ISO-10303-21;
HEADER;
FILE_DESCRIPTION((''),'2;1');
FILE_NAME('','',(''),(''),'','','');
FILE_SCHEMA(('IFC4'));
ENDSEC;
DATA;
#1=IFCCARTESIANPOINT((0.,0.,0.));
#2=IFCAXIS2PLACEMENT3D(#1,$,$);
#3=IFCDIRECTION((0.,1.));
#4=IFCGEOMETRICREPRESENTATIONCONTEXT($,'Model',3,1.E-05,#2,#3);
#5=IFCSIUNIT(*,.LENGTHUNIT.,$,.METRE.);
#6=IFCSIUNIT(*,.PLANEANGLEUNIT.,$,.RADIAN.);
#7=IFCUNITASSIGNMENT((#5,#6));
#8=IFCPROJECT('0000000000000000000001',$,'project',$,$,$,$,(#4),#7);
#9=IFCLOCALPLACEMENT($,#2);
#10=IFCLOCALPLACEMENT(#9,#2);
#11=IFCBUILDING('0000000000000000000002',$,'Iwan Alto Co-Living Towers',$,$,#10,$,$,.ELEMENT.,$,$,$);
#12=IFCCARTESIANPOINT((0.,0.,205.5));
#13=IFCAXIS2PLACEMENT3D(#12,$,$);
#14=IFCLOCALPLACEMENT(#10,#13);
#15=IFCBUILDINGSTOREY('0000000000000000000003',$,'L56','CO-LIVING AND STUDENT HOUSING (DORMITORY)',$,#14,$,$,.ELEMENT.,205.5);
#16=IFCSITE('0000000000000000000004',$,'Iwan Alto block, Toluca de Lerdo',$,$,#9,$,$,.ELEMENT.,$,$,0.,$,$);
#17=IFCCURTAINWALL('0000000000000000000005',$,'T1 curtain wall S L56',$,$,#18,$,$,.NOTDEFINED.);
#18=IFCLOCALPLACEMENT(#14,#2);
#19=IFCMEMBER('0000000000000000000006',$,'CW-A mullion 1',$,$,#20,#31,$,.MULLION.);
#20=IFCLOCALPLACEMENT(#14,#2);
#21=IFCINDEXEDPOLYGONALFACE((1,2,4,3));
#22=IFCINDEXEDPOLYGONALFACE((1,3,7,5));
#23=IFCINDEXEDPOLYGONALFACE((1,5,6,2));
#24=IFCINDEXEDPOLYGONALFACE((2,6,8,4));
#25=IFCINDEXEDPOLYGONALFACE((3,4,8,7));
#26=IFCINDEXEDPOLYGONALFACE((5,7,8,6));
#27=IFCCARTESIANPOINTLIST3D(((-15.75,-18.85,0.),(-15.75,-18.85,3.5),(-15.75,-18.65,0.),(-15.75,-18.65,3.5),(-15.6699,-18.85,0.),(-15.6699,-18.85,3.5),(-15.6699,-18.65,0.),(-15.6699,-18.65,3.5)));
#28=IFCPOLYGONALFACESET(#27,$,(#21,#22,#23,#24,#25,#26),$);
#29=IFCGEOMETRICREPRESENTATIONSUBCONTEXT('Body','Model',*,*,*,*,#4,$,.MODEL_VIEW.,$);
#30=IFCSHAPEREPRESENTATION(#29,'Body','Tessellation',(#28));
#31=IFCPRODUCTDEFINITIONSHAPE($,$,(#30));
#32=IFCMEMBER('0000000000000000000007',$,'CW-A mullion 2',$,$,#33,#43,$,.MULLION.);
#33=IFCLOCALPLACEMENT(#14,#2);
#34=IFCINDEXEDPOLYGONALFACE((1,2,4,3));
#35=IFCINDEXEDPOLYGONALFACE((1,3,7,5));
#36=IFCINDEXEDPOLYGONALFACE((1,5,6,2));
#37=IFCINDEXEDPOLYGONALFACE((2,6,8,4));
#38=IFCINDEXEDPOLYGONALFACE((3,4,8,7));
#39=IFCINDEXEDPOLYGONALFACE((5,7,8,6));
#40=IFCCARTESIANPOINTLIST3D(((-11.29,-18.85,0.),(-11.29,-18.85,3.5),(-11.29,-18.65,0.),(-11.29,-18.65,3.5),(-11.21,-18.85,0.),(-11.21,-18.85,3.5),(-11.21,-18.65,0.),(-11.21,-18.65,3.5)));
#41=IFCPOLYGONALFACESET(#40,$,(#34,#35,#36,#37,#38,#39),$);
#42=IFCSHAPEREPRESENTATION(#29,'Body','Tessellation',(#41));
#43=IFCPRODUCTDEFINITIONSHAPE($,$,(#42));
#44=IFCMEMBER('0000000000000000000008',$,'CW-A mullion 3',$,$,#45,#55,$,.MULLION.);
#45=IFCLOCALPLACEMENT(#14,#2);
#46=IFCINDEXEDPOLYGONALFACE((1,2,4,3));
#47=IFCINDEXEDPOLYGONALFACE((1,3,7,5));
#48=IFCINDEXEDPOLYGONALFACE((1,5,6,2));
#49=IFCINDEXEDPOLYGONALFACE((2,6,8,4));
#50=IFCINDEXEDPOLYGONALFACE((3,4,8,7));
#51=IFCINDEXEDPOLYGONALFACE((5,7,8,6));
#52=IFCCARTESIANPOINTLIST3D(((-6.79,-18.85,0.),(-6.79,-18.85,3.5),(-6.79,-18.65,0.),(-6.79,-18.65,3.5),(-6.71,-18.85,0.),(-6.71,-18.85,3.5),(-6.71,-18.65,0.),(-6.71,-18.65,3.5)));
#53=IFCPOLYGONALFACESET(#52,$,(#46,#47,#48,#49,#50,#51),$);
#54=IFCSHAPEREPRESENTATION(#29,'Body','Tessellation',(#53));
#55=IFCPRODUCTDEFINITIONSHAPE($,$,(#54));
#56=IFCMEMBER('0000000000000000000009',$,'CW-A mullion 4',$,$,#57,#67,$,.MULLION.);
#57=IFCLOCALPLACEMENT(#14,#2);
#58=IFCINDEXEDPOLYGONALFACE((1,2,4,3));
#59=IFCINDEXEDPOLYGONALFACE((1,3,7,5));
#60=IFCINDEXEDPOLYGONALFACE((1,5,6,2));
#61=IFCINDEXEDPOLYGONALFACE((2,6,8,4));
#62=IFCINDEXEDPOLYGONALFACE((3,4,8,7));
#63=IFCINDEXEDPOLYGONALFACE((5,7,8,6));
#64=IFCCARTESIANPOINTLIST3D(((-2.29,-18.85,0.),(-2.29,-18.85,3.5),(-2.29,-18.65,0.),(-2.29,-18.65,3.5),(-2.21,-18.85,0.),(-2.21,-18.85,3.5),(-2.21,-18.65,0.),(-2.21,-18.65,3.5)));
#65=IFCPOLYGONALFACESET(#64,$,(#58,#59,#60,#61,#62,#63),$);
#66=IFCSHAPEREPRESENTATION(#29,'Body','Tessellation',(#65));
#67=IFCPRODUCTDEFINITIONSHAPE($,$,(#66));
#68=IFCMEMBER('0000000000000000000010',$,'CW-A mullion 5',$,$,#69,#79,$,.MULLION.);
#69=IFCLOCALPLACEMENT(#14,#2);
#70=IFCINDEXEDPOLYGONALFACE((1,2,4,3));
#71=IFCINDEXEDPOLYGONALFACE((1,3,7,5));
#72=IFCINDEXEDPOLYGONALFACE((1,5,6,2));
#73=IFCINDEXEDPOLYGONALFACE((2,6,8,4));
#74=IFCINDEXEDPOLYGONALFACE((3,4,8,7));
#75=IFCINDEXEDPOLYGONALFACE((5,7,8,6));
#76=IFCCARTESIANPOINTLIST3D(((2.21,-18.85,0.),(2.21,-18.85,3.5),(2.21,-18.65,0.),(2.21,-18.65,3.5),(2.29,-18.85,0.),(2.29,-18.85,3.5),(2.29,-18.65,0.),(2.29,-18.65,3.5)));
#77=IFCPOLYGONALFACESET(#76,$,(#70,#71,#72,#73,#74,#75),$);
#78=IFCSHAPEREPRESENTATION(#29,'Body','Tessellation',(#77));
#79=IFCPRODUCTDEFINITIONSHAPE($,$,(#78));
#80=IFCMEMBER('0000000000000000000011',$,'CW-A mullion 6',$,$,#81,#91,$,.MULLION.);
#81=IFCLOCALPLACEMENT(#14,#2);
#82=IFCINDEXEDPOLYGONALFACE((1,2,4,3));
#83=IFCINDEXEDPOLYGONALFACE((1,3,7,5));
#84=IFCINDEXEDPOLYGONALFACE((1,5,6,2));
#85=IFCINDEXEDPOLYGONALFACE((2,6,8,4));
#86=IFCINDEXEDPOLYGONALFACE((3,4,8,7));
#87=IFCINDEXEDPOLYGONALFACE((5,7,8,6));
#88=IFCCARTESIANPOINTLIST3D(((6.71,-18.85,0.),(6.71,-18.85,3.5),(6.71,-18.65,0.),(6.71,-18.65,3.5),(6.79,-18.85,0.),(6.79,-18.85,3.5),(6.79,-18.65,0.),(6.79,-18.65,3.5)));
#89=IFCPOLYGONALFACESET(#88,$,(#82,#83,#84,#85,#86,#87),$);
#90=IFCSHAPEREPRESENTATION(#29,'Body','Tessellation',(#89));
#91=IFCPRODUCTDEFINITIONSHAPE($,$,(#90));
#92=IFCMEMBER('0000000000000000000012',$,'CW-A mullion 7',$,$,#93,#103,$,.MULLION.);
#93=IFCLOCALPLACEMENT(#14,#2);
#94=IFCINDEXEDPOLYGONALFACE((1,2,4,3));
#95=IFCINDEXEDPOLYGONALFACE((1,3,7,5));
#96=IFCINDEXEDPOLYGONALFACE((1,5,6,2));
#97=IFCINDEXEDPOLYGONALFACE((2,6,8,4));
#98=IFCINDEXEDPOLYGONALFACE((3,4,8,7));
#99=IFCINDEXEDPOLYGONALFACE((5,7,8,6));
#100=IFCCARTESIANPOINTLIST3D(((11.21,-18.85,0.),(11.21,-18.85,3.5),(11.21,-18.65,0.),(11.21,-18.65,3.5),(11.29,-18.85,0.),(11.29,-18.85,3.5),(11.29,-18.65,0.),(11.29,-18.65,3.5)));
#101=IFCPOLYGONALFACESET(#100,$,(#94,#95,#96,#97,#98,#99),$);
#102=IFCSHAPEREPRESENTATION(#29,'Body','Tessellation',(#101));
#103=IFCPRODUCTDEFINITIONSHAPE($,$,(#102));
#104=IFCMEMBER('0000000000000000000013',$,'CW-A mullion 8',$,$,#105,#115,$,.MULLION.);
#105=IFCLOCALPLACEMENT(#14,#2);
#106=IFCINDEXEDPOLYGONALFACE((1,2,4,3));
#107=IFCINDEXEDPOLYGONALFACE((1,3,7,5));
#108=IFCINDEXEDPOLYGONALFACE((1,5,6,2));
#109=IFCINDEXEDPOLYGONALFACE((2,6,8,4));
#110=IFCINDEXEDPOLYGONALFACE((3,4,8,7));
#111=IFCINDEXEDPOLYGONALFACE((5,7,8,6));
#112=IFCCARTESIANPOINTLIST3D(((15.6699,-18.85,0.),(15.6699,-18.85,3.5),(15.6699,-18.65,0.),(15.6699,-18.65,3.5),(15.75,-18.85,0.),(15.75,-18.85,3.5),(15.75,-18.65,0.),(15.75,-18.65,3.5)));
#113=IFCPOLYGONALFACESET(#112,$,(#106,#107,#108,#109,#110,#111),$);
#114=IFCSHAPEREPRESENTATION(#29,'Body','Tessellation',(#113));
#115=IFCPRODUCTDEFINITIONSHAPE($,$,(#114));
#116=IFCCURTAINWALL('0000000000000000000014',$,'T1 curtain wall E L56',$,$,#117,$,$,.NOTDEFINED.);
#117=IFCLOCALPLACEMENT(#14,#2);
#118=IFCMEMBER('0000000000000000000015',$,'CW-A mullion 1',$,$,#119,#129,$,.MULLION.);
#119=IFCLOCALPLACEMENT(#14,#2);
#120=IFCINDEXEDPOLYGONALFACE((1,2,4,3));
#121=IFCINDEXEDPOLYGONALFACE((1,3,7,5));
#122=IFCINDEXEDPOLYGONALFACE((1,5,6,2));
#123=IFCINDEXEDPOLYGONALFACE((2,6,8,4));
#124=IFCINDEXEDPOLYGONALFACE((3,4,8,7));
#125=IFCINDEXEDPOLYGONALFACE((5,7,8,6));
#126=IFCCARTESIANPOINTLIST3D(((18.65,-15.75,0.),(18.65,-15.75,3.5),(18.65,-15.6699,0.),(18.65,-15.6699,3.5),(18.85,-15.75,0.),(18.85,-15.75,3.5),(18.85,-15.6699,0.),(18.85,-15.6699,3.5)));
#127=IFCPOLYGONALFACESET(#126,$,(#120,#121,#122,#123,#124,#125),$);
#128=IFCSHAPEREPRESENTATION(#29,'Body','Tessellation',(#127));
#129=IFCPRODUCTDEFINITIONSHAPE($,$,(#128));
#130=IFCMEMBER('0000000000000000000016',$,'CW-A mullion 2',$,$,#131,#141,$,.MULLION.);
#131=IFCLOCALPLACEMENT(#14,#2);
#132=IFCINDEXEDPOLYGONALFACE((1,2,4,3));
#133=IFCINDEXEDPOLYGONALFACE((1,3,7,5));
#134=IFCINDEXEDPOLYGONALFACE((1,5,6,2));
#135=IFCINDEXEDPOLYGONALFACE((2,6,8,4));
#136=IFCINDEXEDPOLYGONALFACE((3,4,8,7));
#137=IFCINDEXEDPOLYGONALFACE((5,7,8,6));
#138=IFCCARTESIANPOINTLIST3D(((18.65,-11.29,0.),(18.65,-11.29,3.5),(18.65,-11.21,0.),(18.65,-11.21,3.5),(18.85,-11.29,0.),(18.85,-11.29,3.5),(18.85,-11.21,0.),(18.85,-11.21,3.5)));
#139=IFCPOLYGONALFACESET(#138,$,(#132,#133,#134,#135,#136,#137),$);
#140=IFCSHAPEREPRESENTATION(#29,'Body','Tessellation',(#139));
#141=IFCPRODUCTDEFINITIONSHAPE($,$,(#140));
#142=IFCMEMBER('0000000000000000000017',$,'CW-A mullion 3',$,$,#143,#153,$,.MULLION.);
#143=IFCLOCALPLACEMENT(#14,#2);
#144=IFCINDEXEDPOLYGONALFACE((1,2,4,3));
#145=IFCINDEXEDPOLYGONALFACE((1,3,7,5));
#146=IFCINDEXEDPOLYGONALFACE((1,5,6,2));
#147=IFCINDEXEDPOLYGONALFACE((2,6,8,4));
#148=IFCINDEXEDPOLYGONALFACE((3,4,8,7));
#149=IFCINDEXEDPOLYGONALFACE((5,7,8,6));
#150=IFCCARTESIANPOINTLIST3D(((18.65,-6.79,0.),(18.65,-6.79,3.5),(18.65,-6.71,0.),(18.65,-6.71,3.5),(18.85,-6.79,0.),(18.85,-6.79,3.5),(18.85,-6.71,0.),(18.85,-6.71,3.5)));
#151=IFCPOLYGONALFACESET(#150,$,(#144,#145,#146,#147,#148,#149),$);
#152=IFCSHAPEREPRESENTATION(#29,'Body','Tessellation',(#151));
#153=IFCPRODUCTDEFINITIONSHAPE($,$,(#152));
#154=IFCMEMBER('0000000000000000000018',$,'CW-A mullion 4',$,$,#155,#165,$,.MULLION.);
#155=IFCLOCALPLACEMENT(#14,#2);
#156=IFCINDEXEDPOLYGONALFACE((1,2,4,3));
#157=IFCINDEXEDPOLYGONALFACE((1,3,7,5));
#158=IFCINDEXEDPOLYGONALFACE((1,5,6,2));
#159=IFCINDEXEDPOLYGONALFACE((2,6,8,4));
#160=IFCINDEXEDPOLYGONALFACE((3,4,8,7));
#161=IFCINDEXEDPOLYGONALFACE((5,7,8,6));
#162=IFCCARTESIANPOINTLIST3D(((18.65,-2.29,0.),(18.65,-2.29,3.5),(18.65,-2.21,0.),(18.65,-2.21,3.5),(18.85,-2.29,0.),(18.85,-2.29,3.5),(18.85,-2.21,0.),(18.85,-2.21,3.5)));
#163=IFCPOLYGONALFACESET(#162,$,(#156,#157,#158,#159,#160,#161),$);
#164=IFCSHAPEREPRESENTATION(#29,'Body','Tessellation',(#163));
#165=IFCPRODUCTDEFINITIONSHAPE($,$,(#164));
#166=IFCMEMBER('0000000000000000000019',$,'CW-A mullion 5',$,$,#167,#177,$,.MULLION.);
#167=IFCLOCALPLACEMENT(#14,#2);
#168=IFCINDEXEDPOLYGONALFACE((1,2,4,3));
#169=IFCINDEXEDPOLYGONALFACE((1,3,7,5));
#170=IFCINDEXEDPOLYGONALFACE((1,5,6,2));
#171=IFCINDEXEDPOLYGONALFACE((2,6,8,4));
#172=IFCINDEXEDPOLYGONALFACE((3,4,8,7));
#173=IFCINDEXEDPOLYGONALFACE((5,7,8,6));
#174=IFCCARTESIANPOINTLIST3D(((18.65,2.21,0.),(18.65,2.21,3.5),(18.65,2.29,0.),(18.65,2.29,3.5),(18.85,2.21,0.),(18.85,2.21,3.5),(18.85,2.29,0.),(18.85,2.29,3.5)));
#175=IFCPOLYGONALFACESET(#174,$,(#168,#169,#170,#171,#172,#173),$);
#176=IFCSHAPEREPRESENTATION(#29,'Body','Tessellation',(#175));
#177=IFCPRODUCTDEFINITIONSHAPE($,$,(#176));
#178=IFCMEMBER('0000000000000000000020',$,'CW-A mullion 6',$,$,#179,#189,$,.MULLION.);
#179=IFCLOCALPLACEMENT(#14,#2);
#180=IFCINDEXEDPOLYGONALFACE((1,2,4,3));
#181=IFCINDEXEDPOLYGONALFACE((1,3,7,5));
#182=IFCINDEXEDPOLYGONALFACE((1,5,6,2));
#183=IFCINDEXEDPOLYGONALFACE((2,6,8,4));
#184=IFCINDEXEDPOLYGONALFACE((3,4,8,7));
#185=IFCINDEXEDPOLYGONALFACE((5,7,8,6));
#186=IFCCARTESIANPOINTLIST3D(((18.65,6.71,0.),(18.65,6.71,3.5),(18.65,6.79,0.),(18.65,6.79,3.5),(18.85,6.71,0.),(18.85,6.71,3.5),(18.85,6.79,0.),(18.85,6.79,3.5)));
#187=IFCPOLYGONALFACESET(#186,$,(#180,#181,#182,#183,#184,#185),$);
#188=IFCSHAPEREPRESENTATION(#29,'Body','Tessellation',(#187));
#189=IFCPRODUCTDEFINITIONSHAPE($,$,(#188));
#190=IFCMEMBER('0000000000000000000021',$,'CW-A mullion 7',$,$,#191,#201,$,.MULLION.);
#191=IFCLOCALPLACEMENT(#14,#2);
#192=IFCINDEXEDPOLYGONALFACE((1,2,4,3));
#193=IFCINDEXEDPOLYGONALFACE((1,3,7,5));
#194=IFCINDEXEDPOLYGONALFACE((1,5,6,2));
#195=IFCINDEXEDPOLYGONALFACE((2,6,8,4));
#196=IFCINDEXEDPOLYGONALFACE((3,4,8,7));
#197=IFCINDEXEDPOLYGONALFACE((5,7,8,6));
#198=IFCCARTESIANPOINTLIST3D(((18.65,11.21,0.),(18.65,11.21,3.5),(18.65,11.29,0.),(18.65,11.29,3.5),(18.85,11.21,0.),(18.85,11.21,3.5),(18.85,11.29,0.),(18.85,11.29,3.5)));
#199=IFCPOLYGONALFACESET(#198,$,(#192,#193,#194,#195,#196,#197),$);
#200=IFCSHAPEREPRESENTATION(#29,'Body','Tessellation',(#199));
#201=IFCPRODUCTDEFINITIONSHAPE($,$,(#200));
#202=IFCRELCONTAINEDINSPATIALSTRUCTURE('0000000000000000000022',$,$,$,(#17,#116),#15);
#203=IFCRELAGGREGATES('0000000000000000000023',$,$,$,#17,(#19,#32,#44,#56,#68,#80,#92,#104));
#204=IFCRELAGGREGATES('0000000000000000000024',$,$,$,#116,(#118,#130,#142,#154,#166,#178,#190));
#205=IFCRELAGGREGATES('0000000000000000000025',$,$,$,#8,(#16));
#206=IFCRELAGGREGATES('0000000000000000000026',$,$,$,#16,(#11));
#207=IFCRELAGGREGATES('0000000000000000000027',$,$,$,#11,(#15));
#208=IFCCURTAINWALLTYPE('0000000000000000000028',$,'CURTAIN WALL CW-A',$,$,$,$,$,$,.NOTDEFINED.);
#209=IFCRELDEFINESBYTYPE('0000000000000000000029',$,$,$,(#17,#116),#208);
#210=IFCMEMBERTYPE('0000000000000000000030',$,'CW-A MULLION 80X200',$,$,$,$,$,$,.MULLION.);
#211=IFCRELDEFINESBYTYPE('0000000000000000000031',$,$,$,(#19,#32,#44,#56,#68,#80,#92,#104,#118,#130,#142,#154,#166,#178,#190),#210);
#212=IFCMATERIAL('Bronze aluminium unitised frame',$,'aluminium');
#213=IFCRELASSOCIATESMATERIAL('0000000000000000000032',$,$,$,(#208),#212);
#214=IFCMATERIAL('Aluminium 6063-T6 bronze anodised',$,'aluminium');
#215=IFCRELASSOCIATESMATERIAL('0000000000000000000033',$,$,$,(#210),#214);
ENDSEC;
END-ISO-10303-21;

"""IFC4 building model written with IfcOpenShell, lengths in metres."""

from ifc_helpers import new_model, si_unit, direction, frame, origin, origin_2d, place, context, subcontext, project, spatial, rectangle, extrude, material, material_profile, profile_set, type_object, element, aggregate, save


model = new_model("IFC4")

# Units and contexts
model_context = context("Model", 3, precision=1e-05, world=origin(), true_north=direction((0.0, 1.0)))
body_context = subcontext(model_context, "Body", "Model", "MODEL_VIEW")
ifc_project = project(units=[si_unit("LENGTHUNIT", "METRE"), si_unit("PLANEANGLEUNIT", "RADIAN")], contexts=[model_context])

# Site, building, storey
site_placement = place(None, origin())
site = spatial("IfcSite", under=ifc_project, at=site_placement, Name="Iwan Alto block, Toluca de Lerdo", CompositionType="ELEMENT", RefElevation=0.0)
building_placement = place(site_placement, origin())
building = spatial("IfcBuilding", under=site, at=building_placement, Name="Iwan Alto Co-Living Towers", CompositionType="ELEMENT")
storey_placement = place(building_placement, frame((0.0, 0.0, 205.5)))
storey = spatial("IfcBuildingStorey", under=building, at=storey_placement, Name="L56", Description="CO-LIVING AND STUDENT HOUSING (DORMITORY)", CompositionType="ELEMENT", Elevation=205.5)

# Curtain walls, members
ifc_material_1 = material(Name="Bronze aluminium unitised frame", Category="aluminium")
curtain_wall_type_1 = type_object("IfcCurtainWallType", Name="CURTAIN WALL CW-A", PredefinedType="NOTDEFINED", material=ifc_material_1)
curtain_wall_1_placement = place(storey_placement, origin())
curtain_wall_1 = element("IfcCurtainWall", 1, at=curtain_wall_1_placement, inside=storey, type_object=curtain_wall_type_1, Name="T1 curtain wall S L56", PredefinedType="NOTDEFINED")
ifc_material_2 = material(Name="Aluminium 6063-T6 bronze anodised", Category="aluminium")
ifc_material_profile_1 = material_profile(ifc_material_2, rectangle(XDim=0.2, YDim=0.0801, at=origin_2d()), Name="AL 80X200")
ifc_profile_set_1 = profile_set([ifc_material_profile_1], Name="Aluminium 6063-T6 bronze anodised")
member_type_1 = type_object("IfcMemberType", Name="CW-A MULLION 80X200", PredefinedType="MULLION", material=ifc_profile_set_1)
member_1_placement = place(storey_placement, frame((-15.71, -18.75, 0.0), z_axis=(0.0, 0.0, 1.0), x_axis=(0.0, 1.0, 0.0)))
member_1 = element("IfcMember", 2, at=member_1_placement, type_object=member_type_1, Name="CW-A mullion 1", PredefinedType="MULLION", context=body_context, shape_type="SweptSolid", body=[
    extrude(rectangle(XDim=0.2, YDim=0.0801, at=origin_2d()), origin(), (0.0, 0.0, 1.0), 3.5),
])
member_2_placement = place(storey_placement, frame((-11.25, -18.75, 0.0), z_axis=(0.0, 0.0, 1.0), x_axis=(0.0, 1.0, 0.0)))
member_2 = element("IfcMember", 3, at=member_2_placement, type_object=member_type_1, Name="CW-A mullion 2", PredefinedType="MULLION", context=body_context, shape_type="SweptSolid", body=[
    extrude(rectangle(XDim=0.2, YDim=0.0801, at=origin_2d()), origin(), (0.0, 0.0, 1.0), 3.5),
])
member_3_placement = place(storey_placement, frame((-6.75, -18.75, 0.0), z_axis=(0.0, 0.0, 1.0), x_axis=(0.0, 1.0, 0.0)))
member_3 = element("IfcMember", 4, at=member_3_placement, type_object=member_type_1, Name="CW-A mullion 3", PredefinedType="MULLION", context=body_context, shape_type="SweptSolid", body=[
    extrude(rectangle(XDim=0.2, YDim=0.0801, at=origin_2d()), origin(), (0.0, 0.0, 1.0), 3.5),
])
member_4_placement = place(storey_placement, frame((-2.25, -18.75, 0.0), z_axis=(0.0, 0.0, 1.0), x_axis=(0.0, 1.0, 0.0)))
member_4 = element("IfcMember", 5, at=member_4_placement, type_object=member_type_1, Name="CW-A mullion 4", PredefinedType="MULLION", context=body_context, shape_type="SweptSolid", body=[
    extrude(rectangle(XDim=0.2, YDim=0.0801, at=origin_2d()), origin(), (0.0, 0.0, 1.0), 3.5),
])
member_5_placement = place(storey_placement, frame((2.25, -18.75, 0.0), z_axis=(0.0, 0.0, 1.0), x_axis=(0.0, 1.0, 0.0)))
member_5 = element("IfcMember", 6, at=member_5_placement, type_object=member_type_1, Name="CW-A mullion 5", PredefinedType="MULLION", context=body_context, shape_type="SweptSolid", body=[
    extrude(rectangle(XDim=0.2, YDim=0.0801, at=origin_2d()), origin(), (0.0, 0.0, 1.0), 3.5),
])
member_6_placement = place(storey_placement, frame((6.75, -18.75, 0.0), z_axis=(0.0, 0.0, 1.0), x_axis=(0.0, 1.0, 0.0)))
member_6 = element("IfcMember", 7, at=member_6_placement, type_object=member_type_1, Name="CW-A mullion 6", PredefinedType="MULLION", context=body_context, shape_type="SweptSolid", body=[
    extrude(rectangle(XDim=0.2, YDim=0.0801, at=origin_2d()), origin(), (0.0, 0.0, 1.0), 3.5),
])
member_7_placement = place(storey_placement, frame((11.25, -18.75, 0.0), z_axis=(0.0, 0.0, 1.0), x_axis=(0.0, 1.0, 0.0)))
member_7 = element("IfcMember", 8, at=member_7_placement, type_object=member_type_1, Name="CW-A mullion 7", PredefinedType="MULLION", context=body_context, shape_type="SweptSolid", body=[
    extrude(rectangle(XDim=0.2, YDim=0.0801, at=origin_2d()), origin(), (0.0, 0.0, 1.0), 3.5),
])
member_8_placement = place(storey_placement, frame((15.71, -18.75, 0.0), z_axis=(0.0, 0.0, 1.0), x_axis=(0.0, 1.0, 0.0)))
member_8 = element("IfcMember", 9, at=member_8_placement, type_object=member_type_1, Name="CW-A mullion 8", PredefinedType="MULLION", context=body_context, shape_type="SweptSolid", body=[
    extrude(rectangle(XDim=0.2, YDim=0.0801, at=origin_2d()), origin(), (0.0, 0.0, 1.0), 3.5),
])
aggregate(curtain_wall_1, [member_1, member_2, member_3, member_4, member_5, member_6, member_7, member_8])
curtain_wall_2_placement = place(storey_placement, origin())
curtain_wall_2 = element("IfcCurtainWall", 10, at=curtain_wall_2_placement, inside=storey, type_object=curtain_wall_type_1, Name="T1 curtain wall E L56", PredefinedType="NOTDEFINED")
member_9_placement = place(storey_placement, frame((18.75, -15.71, 0.0), z_axis=(0.0, 0.0, 1.0), x_axis=(-1.0, 0.0, 0.0)))
member_9 = element("IfcMember", 11, at=member_9_placement, type_object=member_type_1, Name="CW-A mullion 1", PredefinedType="MULLION", context=body_context, shape_type="SweptSolid", body=[
    extrude(rectangle(XDim=0.2, YDim=0.0801, at=origin_2d()), origin(), (0.0, 0.0, 1.0), 3.5),
])
member_10_placement = place(storey_placement, frame((18.75, -11.25, 0.0), z_axis=(0.0, 0.0, 1.0), x_axis=(-1.0, 0.0, 0.0)))
member_10 = element("IfcMember", 12, at=member_10_placement, type_object=member_type_1, Name="CW-A mullion 2", PredefinedType="MULLION", context=body_context, shape_type="SweptSolid", body=[
    extrude(rectangle(XDim=0.2, YDim=0.0801, at=origin_2d()), origin(), (0.0, 0.0, 1.0), 3.5),
])
member_11_placement = place(storey_placement, frame((18.75, -6.75, 0.0), z_axis=(0.0, 0.0, 1.0), x_axis=(-1.0, 0.0, 0.0)))
member_11 = element("IfcMember", 13, at=member_11_placement, type_object=member_type_1, Name="CW-A mullion 3", PredefinedType="MULLION", context=body_context, shape_type="SweptSolid", body=[
    extrude(rectangle(XDim=0.2, YDim=0.0801, at=origin_2d()), origin(), (0.0, 0.0, 1.0), 3.5),
])
member_12_placement = place(storey_placement, frame((18.75, -2.25, 0.0), z_axis=(0.0, 0.0, 1.0), x_axis=(-1.0, 0.0, 0.0)))
member_12 = element("IfcMember", 14, at=member_12_placement, type_object=member_type_1, Name="CW-A mullion 4", PredefinedType="MULLION", context=body_context, shape_type="SweptSolid", body=[
    extrude(rectangle(XDim=0.2, YDim=0.0801, at=origin_2d()), origin(), (0.0, 0.0, 1.0), 3.5),
])
member_13_placement = place(storey_placement, frame((18.75, 2.25, 0.0), z_axis=(0.0, 0.0, 1.0), x_axis=(-1.0, 0.0, 0.0)))
member_13 = element("IfcMember", 15, at=member_13_placement, type_object=member_type_1, Name="CW-A mullion 5", PredefinedType="MULLION", context=body_context, shape_type="SweptSolid", body=[
    extrude(rectangle(XDim=0.2, YDim=0.0801, at=origin_2d()), origin(), (0.0, 0.0, 1.0), 3.5),
])
member_14_placement = place(storey_placement, frame((18.75, 6.75, 0.0), z_axis=(0.0, 0.0, 1.0), x_axis=(-1.0, 0.0, 0.0)))
member_14 = element("IfcMember", 16, at=member_14_placement, type_object=member_type_1, Name="CW-A mullion 6", PredefinedType="MULLION", context=body_context, shape_type="SweptSolid", body=[
    extrude(rectangle(XDim=0.2, YDim=0.0801, at=origin_2d()), origin(), (0.0, 0.0, 1.0), 3.5),
])
member_15_placement = place(storey_placement, frame((18.75, 11.25, 0.0), z_axis=(0.0, 0.0, 1.0), x_axis=(-1.0, 0.0, 0.0)))
member_15 = element("IfcMember", 17, at=member_15_placement, type_object=member_type_1, Name="CW-A mullion 7", PredefinedType="MULLION", context=body_context, shape_type="SweptSolid", body=[
    extrude(rectangle(XDim=0.2, YDim=0.0801, at=origin_2d()), origin(), (0.0, 0.0, 1.0), 3.5),
])
aggregate(curtain_wall_2, [member_9, member_10, member_11, member_12, member_13, member_14, member_15])

save(model, "model.ifc")
